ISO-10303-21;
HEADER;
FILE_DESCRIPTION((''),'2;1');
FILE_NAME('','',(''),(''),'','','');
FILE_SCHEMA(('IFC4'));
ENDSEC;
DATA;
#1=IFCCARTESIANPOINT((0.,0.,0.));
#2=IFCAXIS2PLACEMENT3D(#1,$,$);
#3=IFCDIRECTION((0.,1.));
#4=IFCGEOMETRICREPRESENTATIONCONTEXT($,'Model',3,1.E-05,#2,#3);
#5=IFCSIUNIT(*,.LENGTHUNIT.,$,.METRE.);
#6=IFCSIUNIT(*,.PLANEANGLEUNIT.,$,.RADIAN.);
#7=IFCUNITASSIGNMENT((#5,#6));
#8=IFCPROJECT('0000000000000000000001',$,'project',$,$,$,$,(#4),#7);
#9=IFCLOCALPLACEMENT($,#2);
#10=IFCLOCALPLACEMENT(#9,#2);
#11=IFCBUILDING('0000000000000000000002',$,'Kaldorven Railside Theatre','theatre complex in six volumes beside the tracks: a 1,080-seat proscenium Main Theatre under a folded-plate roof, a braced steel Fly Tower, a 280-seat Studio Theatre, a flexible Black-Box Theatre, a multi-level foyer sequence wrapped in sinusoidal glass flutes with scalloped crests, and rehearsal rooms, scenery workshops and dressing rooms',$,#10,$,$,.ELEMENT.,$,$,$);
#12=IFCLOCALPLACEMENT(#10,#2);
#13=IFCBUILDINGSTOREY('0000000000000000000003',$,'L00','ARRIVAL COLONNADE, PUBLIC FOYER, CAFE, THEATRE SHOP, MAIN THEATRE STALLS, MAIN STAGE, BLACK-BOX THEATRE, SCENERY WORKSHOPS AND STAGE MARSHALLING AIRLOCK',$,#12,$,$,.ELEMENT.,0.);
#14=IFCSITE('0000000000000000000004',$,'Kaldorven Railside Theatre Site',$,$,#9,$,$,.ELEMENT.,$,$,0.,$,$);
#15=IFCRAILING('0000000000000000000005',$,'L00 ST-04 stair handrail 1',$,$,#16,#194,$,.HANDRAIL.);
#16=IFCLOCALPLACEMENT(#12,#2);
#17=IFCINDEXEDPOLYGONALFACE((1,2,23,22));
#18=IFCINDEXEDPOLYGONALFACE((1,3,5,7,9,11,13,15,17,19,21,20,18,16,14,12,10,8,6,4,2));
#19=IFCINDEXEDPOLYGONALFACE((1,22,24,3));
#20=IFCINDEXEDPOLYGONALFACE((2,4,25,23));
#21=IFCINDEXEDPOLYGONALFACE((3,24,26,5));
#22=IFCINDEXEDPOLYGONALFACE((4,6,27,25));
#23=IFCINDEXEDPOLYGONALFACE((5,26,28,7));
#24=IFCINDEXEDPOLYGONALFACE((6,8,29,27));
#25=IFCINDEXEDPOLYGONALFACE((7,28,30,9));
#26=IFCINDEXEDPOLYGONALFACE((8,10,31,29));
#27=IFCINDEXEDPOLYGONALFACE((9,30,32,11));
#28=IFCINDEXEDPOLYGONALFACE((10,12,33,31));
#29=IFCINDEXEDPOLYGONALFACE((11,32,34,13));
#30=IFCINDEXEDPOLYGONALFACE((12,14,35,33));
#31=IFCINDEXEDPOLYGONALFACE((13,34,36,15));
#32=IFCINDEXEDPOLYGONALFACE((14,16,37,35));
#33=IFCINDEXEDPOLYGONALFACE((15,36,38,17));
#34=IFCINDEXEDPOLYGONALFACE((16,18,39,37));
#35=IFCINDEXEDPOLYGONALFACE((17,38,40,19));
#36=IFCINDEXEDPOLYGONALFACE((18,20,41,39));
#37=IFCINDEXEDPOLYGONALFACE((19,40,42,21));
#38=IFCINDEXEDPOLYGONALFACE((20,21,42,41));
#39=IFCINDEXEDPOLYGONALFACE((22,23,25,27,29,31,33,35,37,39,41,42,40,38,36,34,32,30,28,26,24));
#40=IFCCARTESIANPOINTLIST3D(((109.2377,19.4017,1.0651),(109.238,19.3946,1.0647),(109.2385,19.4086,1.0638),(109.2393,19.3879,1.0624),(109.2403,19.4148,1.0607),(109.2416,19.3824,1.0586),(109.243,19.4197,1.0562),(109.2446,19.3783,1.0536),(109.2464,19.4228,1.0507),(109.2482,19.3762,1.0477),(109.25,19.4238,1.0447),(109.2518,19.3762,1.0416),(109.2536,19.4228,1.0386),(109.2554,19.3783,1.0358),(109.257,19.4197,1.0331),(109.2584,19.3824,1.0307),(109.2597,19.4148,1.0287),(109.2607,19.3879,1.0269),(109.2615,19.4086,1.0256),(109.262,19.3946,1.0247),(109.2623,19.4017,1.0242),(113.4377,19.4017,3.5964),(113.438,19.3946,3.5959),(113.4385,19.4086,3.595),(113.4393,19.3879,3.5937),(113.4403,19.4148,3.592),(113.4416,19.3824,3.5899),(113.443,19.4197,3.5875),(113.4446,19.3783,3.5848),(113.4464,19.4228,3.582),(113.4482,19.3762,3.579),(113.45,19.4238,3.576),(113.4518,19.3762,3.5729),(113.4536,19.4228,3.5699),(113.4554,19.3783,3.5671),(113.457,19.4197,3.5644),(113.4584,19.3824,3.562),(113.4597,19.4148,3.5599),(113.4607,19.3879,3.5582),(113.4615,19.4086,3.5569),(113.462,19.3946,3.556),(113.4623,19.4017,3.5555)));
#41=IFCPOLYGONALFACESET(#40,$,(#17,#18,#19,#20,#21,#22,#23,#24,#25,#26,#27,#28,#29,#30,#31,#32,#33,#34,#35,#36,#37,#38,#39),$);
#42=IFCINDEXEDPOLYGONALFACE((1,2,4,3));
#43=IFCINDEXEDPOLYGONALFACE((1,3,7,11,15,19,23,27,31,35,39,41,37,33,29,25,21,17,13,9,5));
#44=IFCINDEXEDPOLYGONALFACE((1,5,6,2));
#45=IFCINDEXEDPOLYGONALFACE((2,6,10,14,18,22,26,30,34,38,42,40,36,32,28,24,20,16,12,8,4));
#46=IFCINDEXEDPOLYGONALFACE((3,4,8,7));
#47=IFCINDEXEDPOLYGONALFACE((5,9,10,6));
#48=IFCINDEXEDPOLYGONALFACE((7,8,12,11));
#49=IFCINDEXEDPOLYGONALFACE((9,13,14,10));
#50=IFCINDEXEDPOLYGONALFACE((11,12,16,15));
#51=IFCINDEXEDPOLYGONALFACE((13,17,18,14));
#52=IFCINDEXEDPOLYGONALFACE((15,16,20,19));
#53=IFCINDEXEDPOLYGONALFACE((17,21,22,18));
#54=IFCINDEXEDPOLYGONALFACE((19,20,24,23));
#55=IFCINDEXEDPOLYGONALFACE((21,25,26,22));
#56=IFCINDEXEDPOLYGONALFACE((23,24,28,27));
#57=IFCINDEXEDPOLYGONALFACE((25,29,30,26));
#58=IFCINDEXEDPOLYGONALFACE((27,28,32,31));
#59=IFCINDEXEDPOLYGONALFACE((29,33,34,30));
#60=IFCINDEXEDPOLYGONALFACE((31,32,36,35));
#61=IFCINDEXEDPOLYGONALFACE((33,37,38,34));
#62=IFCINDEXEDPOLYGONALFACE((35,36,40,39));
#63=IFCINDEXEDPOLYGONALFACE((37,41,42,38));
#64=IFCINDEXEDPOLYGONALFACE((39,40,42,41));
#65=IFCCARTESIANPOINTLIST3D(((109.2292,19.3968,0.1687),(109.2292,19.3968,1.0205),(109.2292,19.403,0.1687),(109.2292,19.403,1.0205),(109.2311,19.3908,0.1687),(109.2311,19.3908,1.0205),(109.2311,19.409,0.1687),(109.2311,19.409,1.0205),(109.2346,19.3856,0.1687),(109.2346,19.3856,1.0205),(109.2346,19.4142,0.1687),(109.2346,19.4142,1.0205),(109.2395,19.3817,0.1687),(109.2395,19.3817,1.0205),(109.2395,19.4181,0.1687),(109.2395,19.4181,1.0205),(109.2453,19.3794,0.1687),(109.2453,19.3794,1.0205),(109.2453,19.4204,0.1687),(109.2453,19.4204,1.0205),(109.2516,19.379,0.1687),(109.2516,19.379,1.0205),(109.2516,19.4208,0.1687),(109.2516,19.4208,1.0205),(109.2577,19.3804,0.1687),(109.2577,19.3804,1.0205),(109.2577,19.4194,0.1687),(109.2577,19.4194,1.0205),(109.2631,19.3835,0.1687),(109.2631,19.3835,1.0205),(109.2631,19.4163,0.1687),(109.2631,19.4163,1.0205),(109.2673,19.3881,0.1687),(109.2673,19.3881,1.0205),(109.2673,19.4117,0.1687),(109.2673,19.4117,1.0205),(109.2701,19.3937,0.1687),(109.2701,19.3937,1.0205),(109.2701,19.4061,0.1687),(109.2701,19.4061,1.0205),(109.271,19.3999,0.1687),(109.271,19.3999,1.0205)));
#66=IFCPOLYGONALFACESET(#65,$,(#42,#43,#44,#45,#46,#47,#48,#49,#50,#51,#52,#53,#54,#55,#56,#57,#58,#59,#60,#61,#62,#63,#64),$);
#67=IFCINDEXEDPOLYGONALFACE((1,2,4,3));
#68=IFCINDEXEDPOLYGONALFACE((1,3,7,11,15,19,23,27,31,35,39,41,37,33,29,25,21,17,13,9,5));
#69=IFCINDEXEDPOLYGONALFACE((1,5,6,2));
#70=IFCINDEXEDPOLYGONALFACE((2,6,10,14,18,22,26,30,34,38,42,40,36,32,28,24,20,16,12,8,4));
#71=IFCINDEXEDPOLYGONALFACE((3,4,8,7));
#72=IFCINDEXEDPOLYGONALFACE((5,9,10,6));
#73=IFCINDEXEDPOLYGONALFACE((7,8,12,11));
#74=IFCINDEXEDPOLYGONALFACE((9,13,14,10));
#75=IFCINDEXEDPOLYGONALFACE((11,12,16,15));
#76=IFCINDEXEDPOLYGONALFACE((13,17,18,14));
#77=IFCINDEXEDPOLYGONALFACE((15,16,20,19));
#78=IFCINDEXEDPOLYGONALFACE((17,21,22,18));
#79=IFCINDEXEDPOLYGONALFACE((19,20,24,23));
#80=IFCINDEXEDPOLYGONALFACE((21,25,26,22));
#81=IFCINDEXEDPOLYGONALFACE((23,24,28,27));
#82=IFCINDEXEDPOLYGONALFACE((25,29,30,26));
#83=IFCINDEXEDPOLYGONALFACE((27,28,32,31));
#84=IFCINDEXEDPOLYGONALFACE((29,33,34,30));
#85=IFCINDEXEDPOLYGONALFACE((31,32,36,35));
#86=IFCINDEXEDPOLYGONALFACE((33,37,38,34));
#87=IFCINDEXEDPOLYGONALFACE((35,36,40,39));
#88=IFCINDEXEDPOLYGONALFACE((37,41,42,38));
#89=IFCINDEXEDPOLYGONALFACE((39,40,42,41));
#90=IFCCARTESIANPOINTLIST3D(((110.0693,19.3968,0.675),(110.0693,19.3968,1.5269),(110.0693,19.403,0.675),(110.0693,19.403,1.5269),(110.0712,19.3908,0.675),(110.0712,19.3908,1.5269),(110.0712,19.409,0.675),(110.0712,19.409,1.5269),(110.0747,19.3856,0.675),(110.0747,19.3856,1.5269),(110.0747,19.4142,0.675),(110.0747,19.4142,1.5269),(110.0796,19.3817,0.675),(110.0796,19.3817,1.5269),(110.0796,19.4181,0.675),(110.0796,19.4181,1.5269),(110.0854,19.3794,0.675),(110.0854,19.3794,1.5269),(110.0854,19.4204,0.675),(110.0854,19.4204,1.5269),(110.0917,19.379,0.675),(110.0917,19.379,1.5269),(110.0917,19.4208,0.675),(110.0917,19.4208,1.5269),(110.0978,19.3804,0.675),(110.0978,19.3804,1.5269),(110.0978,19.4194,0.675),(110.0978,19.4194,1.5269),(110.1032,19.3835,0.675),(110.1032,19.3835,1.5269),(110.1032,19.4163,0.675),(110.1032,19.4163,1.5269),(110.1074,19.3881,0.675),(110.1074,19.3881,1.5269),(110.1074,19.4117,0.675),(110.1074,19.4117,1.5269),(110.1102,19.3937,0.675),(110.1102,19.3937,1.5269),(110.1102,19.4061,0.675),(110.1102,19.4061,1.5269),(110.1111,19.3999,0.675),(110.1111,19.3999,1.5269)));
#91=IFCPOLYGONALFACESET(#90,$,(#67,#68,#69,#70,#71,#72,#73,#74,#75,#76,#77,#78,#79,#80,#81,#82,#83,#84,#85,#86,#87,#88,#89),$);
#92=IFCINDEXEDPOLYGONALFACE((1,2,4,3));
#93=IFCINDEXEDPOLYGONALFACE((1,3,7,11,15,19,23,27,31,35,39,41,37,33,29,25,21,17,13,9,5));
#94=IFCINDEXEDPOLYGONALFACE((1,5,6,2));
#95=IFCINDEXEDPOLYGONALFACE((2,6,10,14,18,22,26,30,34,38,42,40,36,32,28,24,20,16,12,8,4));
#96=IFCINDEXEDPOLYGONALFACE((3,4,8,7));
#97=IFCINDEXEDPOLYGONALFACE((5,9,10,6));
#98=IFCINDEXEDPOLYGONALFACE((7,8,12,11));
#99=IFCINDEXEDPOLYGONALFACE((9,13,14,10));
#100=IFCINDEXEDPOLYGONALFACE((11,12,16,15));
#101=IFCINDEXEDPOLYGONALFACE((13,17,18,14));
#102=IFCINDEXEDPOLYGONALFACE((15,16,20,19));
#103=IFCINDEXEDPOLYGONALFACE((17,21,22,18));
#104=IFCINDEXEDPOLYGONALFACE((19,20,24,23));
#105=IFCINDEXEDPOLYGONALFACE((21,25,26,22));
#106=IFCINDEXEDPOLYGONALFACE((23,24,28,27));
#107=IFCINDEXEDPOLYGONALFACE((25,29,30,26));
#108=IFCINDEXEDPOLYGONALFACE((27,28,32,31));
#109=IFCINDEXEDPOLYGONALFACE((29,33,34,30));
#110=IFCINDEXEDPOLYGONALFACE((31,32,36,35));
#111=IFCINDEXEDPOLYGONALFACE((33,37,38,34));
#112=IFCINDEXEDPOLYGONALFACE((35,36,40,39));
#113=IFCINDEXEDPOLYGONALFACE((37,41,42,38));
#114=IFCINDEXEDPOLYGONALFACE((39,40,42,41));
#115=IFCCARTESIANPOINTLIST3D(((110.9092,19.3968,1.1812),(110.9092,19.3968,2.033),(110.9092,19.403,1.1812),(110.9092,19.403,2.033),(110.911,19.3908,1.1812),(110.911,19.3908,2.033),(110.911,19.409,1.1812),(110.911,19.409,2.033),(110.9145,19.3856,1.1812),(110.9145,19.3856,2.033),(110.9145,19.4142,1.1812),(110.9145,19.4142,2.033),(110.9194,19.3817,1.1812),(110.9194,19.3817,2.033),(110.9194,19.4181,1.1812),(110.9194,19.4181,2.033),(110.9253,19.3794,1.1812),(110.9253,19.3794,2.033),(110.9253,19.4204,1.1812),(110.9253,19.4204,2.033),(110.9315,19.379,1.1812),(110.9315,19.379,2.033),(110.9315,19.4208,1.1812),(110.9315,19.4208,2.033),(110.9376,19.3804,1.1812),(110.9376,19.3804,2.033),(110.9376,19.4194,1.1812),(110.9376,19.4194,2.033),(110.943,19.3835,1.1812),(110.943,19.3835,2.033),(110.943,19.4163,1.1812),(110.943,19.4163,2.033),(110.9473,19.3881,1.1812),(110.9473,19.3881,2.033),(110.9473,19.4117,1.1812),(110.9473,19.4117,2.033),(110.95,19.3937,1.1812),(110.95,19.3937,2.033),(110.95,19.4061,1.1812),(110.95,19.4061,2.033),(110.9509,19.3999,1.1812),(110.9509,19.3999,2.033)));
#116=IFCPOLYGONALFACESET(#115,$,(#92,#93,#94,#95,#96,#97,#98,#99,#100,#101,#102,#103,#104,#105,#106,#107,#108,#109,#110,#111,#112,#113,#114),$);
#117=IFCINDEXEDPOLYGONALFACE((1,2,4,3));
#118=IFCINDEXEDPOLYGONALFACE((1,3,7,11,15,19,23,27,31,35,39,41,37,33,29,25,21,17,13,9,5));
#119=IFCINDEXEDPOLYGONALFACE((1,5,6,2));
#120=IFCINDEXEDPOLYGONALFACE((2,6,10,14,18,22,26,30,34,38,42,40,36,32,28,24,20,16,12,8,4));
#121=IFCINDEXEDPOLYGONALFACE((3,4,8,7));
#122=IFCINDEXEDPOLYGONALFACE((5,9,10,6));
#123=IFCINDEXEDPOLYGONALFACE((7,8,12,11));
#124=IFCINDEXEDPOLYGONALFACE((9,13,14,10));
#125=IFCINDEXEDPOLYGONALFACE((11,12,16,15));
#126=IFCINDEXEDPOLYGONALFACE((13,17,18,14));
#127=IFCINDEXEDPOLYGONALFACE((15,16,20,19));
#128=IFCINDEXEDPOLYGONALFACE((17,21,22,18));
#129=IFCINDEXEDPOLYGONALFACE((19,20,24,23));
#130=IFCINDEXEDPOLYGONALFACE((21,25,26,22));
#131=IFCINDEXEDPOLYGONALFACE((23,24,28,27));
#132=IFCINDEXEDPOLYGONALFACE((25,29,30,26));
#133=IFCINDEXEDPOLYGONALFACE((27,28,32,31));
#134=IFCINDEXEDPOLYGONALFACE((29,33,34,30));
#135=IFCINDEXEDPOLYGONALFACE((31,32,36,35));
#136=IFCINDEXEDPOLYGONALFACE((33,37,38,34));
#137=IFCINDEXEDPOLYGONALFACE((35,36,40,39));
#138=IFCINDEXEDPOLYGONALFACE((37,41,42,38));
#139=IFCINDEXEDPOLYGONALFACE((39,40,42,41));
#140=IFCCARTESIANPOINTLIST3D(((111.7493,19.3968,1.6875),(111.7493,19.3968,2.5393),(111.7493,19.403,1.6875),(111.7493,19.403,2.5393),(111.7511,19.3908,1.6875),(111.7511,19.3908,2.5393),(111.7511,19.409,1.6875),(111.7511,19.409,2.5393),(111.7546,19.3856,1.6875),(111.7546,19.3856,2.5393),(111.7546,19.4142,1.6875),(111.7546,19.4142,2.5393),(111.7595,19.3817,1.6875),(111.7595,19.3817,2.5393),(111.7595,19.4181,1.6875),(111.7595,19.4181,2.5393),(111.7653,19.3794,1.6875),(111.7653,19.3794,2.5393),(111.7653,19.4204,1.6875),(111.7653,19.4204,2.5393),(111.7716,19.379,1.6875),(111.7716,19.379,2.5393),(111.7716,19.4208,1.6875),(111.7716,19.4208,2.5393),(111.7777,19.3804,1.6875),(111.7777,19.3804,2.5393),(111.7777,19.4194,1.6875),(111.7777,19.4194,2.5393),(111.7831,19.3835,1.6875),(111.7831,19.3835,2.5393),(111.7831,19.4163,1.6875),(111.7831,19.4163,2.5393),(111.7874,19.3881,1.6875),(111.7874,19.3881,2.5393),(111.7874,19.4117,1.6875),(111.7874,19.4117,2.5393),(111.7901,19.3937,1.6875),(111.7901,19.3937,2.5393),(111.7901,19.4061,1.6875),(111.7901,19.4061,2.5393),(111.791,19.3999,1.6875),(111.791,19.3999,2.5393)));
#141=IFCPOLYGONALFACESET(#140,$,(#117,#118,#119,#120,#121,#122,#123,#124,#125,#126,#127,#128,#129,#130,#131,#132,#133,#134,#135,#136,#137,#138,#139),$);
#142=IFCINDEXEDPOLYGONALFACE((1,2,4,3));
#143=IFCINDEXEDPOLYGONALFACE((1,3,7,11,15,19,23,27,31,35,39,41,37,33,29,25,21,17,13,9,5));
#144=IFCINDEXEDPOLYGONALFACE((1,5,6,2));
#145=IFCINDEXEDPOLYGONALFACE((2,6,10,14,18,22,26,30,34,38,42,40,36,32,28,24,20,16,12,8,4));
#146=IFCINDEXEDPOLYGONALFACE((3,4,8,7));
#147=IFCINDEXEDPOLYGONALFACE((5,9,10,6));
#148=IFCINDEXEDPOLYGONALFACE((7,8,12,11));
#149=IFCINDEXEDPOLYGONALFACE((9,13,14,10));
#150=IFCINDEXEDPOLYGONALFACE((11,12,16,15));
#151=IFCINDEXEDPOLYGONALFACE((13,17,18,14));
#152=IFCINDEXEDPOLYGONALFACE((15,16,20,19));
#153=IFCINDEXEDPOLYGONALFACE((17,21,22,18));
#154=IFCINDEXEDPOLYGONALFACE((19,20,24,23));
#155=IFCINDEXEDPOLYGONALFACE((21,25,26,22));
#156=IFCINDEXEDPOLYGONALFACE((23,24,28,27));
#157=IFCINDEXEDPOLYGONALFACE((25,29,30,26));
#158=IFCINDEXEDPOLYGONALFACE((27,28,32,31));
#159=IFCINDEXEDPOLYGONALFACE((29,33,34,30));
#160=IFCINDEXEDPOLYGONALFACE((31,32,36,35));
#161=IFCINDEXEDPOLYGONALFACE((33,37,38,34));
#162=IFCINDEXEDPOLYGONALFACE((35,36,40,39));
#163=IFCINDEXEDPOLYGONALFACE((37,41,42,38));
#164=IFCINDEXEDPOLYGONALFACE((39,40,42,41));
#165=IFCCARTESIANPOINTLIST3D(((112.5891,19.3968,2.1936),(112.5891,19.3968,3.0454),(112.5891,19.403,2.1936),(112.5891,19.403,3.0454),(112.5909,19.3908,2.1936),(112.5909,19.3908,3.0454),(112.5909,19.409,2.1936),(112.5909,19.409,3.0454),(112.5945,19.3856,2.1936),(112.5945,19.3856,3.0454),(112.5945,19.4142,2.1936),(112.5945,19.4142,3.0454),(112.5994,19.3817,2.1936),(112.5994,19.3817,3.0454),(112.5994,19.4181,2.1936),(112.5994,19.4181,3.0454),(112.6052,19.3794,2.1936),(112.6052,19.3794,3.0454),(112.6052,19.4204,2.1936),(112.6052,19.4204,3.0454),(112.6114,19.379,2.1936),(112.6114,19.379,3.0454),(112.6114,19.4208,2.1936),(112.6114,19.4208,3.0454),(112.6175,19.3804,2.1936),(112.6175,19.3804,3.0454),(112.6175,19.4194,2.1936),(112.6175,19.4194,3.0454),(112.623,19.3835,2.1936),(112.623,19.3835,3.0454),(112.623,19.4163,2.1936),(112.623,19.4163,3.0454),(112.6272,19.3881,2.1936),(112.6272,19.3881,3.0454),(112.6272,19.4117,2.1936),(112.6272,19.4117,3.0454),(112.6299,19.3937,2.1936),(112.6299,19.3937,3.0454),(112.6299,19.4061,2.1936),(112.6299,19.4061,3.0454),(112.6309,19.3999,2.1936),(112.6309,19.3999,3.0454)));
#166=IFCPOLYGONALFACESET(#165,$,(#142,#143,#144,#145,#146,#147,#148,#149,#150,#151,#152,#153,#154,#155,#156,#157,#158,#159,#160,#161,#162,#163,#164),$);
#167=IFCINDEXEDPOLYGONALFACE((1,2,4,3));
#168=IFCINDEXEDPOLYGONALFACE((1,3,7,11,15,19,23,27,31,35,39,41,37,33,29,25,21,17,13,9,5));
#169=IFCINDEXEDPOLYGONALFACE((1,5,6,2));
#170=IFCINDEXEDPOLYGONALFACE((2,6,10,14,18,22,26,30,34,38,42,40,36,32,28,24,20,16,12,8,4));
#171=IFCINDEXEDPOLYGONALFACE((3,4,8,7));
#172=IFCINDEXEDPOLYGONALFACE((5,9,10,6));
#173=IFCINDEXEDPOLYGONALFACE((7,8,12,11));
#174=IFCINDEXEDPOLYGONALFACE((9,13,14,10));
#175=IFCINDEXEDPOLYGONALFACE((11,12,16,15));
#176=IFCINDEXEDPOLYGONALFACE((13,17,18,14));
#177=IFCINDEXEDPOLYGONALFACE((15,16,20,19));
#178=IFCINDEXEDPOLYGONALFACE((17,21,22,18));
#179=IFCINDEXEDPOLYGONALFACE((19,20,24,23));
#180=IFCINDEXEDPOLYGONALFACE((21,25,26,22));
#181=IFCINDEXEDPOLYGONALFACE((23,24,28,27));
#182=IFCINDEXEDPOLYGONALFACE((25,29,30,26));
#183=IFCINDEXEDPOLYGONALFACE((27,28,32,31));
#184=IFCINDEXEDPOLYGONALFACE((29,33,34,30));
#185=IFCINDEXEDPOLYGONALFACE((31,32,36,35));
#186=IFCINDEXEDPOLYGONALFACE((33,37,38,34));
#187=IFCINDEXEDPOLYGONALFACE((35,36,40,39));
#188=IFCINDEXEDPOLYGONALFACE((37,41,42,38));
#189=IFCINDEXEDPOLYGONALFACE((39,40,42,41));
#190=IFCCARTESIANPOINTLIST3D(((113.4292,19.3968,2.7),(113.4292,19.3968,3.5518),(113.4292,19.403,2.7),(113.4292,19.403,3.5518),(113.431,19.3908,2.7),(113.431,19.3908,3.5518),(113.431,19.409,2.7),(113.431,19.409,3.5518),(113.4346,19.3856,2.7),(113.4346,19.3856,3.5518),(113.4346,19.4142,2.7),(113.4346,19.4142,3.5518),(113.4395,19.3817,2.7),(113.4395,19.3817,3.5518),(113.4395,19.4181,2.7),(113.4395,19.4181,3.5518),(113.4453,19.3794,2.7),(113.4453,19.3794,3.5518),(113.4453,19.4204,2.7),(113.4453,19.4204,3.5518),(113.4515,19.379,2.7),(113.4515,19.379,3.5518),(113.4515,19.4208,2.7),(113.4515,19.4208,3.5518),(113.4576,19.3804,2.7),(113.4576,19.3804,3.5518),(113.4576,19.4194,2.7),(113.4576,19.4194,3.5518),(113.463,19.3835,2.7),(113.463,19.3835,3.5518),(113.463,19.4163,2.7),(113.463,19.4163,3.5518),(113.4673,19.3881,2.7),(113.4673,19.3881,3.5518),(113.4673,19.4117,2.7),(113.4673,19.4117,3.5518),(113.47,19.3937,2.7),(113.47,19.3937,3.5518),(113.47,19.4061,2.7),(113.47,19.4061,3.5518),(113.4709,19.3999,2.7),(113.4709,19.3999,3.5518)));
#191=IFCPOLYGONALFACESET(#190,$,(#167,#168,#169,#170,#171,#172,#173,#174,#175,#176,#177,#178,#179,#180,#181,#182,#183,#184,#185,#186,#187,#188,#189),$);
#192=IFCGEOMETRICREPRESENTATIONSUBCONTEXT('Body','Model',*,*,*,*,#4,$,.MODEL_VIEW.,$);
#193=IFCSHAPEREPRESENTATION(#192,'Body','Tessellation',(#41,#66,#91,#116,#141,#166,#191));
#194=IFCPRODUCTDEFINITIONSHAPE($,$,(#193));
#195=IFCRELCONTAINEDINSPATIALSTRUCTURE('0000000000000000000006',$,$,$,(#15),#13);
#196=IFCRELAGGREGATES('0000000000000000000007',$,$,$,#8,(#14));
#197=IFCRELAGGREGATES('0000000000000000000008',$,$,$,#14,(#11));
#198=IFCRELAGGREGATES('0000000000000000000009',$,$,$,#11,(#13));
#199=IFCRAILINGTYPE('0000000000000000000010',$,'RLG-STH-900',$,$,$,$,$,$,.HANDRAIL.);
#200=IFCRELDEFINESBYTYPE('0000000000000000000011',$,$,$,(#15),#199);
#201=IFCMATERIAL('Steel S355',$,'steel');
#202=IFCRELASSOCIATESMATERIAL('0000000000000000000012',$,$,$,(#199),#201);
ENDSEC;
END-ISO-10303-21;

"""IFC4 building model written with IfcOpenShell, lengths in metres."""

from ifc_helpers import new_model, si_unit, direction, frame, origin, origin_2d, place, context, subcontext, project, spatial, circle, extrude, material, type_object, element, save


model = new_model("IFC4")

# Units and contexts
model_context = context("Model", 3, precision=1e-05, world=origin(), true_north=direction((0.0, 1.0)))
body_context = subcontext(model_context, "Body", "Model", "MODEL_VIEW")
ifc_project = project(units=[si_unit("LENGTHUNIT", "METRE"), si_unit("PLANEANGLEUNIT", "RADIAN")], contexts=[model_context])

# Site, building, storey
site_placement = place(None, origin())
site = spatial("IfcSite", under=ifc_project, at=site_placement, Name="Kaldorven Railside Theatre Site", CompositionType="ELEMENT", RefElevation=0.0)
building_placement = place(site_placement, origin())
building = spatial("IfcBuilding", under=site, at=building_placement, Name="Kaldorven Railside Theatre", Description="theatre complex in six volumes beside the tracks: a 1,080-seat proscenium Main Theatre under a folded-plate roof, a braced steel Fly Tower, a 280-seat Studio Theatre, a flexible Black-Box Theatre, a multi-level foyer sequence wrapped in sinusoidal glass flutes with scalloped crests, and rehearsal rooms, scenery workshops and dressing rooms", CompositionType="ELEMENT")
storey_placement = place(building_placement, origin())
storey = spatial("IfcBuildingStorey", under=building, at=storey_placement, Name="L00", Description="ARRIVAL COLONNADE, PUBLIC FOYER, CAFE, THEATRE SHOP, MAIN THEATRE STALLS, MAIN STAGE, BLACK-BOX THEATRE, SCENERY WORKSHOPS AND STAGE MARSHALLING AIRLOCK", CompositionType="ELEMENT", Elevation=0.0)

# Shared definitions
ifc_material_1 = material(Name="Steel S355", Category="steel")

# Railing
railing_type_1 = type_object("IfcRailingType", Name="RLG-STH-900", PredefinedType="HANDRAIL", material=ifc_material_1)
railing_1_placement = place(storey_placement, frame((109.25, 19.3999, 0.1687)))
element("IfcRailing", 1, at=railing_1_placement, inside=storey, type_object=railing_type_1, Name="L00 ST-04 stair handrail 1", PredefinedType="HANDRAIL", context=body_context, shape_type="SweptSolid", body=[
    extrude(circle(Radius=0.0239, at=origin_2d()), frame((0.0, 0.0, 0.876), z_axis=(0.856476, 0.0, 0.516186), x_axis=(0.0, 1.0, 0.0)), (0.0, 0.0, 1.0), 4.9038),
    extrude(circle(Radius=0.021, at=origin_2d()), origin(), (0.0, 0.0, 1.0), 0.8518),
    extrude(circle(Radius=0.021, at=origin_2d()), frame((0.8401, 0.0, 0.5063)), (0.0, 0.0, 1.0), 0.8518),
    extrude(circle(Radius=0.021, at=origin_2d()), frame((1.6799, 0.0, 1.0125)), (0.0, 0.0, 1.0), 0.8518),
    extrude(circle(Radius=0.021, at=origin_2d()), frame((2.52, 0.0, 1.5188)), (0.0, 0.0, 1.0), 0.8518),
    extrude(circle(Radius=0.021, at=origin_2d()), frame((3.3599, 0.0, 2.0249)), (0.0, 0.0, 1.0), 0.8518),
    extrude(circle(Radius=0.021, at=origin_2d()), frame((4.2, 0.0, 2.5312)), (0.0, 0.0, 1.0), 0.8518),
])

save(model, "model.ifc")
